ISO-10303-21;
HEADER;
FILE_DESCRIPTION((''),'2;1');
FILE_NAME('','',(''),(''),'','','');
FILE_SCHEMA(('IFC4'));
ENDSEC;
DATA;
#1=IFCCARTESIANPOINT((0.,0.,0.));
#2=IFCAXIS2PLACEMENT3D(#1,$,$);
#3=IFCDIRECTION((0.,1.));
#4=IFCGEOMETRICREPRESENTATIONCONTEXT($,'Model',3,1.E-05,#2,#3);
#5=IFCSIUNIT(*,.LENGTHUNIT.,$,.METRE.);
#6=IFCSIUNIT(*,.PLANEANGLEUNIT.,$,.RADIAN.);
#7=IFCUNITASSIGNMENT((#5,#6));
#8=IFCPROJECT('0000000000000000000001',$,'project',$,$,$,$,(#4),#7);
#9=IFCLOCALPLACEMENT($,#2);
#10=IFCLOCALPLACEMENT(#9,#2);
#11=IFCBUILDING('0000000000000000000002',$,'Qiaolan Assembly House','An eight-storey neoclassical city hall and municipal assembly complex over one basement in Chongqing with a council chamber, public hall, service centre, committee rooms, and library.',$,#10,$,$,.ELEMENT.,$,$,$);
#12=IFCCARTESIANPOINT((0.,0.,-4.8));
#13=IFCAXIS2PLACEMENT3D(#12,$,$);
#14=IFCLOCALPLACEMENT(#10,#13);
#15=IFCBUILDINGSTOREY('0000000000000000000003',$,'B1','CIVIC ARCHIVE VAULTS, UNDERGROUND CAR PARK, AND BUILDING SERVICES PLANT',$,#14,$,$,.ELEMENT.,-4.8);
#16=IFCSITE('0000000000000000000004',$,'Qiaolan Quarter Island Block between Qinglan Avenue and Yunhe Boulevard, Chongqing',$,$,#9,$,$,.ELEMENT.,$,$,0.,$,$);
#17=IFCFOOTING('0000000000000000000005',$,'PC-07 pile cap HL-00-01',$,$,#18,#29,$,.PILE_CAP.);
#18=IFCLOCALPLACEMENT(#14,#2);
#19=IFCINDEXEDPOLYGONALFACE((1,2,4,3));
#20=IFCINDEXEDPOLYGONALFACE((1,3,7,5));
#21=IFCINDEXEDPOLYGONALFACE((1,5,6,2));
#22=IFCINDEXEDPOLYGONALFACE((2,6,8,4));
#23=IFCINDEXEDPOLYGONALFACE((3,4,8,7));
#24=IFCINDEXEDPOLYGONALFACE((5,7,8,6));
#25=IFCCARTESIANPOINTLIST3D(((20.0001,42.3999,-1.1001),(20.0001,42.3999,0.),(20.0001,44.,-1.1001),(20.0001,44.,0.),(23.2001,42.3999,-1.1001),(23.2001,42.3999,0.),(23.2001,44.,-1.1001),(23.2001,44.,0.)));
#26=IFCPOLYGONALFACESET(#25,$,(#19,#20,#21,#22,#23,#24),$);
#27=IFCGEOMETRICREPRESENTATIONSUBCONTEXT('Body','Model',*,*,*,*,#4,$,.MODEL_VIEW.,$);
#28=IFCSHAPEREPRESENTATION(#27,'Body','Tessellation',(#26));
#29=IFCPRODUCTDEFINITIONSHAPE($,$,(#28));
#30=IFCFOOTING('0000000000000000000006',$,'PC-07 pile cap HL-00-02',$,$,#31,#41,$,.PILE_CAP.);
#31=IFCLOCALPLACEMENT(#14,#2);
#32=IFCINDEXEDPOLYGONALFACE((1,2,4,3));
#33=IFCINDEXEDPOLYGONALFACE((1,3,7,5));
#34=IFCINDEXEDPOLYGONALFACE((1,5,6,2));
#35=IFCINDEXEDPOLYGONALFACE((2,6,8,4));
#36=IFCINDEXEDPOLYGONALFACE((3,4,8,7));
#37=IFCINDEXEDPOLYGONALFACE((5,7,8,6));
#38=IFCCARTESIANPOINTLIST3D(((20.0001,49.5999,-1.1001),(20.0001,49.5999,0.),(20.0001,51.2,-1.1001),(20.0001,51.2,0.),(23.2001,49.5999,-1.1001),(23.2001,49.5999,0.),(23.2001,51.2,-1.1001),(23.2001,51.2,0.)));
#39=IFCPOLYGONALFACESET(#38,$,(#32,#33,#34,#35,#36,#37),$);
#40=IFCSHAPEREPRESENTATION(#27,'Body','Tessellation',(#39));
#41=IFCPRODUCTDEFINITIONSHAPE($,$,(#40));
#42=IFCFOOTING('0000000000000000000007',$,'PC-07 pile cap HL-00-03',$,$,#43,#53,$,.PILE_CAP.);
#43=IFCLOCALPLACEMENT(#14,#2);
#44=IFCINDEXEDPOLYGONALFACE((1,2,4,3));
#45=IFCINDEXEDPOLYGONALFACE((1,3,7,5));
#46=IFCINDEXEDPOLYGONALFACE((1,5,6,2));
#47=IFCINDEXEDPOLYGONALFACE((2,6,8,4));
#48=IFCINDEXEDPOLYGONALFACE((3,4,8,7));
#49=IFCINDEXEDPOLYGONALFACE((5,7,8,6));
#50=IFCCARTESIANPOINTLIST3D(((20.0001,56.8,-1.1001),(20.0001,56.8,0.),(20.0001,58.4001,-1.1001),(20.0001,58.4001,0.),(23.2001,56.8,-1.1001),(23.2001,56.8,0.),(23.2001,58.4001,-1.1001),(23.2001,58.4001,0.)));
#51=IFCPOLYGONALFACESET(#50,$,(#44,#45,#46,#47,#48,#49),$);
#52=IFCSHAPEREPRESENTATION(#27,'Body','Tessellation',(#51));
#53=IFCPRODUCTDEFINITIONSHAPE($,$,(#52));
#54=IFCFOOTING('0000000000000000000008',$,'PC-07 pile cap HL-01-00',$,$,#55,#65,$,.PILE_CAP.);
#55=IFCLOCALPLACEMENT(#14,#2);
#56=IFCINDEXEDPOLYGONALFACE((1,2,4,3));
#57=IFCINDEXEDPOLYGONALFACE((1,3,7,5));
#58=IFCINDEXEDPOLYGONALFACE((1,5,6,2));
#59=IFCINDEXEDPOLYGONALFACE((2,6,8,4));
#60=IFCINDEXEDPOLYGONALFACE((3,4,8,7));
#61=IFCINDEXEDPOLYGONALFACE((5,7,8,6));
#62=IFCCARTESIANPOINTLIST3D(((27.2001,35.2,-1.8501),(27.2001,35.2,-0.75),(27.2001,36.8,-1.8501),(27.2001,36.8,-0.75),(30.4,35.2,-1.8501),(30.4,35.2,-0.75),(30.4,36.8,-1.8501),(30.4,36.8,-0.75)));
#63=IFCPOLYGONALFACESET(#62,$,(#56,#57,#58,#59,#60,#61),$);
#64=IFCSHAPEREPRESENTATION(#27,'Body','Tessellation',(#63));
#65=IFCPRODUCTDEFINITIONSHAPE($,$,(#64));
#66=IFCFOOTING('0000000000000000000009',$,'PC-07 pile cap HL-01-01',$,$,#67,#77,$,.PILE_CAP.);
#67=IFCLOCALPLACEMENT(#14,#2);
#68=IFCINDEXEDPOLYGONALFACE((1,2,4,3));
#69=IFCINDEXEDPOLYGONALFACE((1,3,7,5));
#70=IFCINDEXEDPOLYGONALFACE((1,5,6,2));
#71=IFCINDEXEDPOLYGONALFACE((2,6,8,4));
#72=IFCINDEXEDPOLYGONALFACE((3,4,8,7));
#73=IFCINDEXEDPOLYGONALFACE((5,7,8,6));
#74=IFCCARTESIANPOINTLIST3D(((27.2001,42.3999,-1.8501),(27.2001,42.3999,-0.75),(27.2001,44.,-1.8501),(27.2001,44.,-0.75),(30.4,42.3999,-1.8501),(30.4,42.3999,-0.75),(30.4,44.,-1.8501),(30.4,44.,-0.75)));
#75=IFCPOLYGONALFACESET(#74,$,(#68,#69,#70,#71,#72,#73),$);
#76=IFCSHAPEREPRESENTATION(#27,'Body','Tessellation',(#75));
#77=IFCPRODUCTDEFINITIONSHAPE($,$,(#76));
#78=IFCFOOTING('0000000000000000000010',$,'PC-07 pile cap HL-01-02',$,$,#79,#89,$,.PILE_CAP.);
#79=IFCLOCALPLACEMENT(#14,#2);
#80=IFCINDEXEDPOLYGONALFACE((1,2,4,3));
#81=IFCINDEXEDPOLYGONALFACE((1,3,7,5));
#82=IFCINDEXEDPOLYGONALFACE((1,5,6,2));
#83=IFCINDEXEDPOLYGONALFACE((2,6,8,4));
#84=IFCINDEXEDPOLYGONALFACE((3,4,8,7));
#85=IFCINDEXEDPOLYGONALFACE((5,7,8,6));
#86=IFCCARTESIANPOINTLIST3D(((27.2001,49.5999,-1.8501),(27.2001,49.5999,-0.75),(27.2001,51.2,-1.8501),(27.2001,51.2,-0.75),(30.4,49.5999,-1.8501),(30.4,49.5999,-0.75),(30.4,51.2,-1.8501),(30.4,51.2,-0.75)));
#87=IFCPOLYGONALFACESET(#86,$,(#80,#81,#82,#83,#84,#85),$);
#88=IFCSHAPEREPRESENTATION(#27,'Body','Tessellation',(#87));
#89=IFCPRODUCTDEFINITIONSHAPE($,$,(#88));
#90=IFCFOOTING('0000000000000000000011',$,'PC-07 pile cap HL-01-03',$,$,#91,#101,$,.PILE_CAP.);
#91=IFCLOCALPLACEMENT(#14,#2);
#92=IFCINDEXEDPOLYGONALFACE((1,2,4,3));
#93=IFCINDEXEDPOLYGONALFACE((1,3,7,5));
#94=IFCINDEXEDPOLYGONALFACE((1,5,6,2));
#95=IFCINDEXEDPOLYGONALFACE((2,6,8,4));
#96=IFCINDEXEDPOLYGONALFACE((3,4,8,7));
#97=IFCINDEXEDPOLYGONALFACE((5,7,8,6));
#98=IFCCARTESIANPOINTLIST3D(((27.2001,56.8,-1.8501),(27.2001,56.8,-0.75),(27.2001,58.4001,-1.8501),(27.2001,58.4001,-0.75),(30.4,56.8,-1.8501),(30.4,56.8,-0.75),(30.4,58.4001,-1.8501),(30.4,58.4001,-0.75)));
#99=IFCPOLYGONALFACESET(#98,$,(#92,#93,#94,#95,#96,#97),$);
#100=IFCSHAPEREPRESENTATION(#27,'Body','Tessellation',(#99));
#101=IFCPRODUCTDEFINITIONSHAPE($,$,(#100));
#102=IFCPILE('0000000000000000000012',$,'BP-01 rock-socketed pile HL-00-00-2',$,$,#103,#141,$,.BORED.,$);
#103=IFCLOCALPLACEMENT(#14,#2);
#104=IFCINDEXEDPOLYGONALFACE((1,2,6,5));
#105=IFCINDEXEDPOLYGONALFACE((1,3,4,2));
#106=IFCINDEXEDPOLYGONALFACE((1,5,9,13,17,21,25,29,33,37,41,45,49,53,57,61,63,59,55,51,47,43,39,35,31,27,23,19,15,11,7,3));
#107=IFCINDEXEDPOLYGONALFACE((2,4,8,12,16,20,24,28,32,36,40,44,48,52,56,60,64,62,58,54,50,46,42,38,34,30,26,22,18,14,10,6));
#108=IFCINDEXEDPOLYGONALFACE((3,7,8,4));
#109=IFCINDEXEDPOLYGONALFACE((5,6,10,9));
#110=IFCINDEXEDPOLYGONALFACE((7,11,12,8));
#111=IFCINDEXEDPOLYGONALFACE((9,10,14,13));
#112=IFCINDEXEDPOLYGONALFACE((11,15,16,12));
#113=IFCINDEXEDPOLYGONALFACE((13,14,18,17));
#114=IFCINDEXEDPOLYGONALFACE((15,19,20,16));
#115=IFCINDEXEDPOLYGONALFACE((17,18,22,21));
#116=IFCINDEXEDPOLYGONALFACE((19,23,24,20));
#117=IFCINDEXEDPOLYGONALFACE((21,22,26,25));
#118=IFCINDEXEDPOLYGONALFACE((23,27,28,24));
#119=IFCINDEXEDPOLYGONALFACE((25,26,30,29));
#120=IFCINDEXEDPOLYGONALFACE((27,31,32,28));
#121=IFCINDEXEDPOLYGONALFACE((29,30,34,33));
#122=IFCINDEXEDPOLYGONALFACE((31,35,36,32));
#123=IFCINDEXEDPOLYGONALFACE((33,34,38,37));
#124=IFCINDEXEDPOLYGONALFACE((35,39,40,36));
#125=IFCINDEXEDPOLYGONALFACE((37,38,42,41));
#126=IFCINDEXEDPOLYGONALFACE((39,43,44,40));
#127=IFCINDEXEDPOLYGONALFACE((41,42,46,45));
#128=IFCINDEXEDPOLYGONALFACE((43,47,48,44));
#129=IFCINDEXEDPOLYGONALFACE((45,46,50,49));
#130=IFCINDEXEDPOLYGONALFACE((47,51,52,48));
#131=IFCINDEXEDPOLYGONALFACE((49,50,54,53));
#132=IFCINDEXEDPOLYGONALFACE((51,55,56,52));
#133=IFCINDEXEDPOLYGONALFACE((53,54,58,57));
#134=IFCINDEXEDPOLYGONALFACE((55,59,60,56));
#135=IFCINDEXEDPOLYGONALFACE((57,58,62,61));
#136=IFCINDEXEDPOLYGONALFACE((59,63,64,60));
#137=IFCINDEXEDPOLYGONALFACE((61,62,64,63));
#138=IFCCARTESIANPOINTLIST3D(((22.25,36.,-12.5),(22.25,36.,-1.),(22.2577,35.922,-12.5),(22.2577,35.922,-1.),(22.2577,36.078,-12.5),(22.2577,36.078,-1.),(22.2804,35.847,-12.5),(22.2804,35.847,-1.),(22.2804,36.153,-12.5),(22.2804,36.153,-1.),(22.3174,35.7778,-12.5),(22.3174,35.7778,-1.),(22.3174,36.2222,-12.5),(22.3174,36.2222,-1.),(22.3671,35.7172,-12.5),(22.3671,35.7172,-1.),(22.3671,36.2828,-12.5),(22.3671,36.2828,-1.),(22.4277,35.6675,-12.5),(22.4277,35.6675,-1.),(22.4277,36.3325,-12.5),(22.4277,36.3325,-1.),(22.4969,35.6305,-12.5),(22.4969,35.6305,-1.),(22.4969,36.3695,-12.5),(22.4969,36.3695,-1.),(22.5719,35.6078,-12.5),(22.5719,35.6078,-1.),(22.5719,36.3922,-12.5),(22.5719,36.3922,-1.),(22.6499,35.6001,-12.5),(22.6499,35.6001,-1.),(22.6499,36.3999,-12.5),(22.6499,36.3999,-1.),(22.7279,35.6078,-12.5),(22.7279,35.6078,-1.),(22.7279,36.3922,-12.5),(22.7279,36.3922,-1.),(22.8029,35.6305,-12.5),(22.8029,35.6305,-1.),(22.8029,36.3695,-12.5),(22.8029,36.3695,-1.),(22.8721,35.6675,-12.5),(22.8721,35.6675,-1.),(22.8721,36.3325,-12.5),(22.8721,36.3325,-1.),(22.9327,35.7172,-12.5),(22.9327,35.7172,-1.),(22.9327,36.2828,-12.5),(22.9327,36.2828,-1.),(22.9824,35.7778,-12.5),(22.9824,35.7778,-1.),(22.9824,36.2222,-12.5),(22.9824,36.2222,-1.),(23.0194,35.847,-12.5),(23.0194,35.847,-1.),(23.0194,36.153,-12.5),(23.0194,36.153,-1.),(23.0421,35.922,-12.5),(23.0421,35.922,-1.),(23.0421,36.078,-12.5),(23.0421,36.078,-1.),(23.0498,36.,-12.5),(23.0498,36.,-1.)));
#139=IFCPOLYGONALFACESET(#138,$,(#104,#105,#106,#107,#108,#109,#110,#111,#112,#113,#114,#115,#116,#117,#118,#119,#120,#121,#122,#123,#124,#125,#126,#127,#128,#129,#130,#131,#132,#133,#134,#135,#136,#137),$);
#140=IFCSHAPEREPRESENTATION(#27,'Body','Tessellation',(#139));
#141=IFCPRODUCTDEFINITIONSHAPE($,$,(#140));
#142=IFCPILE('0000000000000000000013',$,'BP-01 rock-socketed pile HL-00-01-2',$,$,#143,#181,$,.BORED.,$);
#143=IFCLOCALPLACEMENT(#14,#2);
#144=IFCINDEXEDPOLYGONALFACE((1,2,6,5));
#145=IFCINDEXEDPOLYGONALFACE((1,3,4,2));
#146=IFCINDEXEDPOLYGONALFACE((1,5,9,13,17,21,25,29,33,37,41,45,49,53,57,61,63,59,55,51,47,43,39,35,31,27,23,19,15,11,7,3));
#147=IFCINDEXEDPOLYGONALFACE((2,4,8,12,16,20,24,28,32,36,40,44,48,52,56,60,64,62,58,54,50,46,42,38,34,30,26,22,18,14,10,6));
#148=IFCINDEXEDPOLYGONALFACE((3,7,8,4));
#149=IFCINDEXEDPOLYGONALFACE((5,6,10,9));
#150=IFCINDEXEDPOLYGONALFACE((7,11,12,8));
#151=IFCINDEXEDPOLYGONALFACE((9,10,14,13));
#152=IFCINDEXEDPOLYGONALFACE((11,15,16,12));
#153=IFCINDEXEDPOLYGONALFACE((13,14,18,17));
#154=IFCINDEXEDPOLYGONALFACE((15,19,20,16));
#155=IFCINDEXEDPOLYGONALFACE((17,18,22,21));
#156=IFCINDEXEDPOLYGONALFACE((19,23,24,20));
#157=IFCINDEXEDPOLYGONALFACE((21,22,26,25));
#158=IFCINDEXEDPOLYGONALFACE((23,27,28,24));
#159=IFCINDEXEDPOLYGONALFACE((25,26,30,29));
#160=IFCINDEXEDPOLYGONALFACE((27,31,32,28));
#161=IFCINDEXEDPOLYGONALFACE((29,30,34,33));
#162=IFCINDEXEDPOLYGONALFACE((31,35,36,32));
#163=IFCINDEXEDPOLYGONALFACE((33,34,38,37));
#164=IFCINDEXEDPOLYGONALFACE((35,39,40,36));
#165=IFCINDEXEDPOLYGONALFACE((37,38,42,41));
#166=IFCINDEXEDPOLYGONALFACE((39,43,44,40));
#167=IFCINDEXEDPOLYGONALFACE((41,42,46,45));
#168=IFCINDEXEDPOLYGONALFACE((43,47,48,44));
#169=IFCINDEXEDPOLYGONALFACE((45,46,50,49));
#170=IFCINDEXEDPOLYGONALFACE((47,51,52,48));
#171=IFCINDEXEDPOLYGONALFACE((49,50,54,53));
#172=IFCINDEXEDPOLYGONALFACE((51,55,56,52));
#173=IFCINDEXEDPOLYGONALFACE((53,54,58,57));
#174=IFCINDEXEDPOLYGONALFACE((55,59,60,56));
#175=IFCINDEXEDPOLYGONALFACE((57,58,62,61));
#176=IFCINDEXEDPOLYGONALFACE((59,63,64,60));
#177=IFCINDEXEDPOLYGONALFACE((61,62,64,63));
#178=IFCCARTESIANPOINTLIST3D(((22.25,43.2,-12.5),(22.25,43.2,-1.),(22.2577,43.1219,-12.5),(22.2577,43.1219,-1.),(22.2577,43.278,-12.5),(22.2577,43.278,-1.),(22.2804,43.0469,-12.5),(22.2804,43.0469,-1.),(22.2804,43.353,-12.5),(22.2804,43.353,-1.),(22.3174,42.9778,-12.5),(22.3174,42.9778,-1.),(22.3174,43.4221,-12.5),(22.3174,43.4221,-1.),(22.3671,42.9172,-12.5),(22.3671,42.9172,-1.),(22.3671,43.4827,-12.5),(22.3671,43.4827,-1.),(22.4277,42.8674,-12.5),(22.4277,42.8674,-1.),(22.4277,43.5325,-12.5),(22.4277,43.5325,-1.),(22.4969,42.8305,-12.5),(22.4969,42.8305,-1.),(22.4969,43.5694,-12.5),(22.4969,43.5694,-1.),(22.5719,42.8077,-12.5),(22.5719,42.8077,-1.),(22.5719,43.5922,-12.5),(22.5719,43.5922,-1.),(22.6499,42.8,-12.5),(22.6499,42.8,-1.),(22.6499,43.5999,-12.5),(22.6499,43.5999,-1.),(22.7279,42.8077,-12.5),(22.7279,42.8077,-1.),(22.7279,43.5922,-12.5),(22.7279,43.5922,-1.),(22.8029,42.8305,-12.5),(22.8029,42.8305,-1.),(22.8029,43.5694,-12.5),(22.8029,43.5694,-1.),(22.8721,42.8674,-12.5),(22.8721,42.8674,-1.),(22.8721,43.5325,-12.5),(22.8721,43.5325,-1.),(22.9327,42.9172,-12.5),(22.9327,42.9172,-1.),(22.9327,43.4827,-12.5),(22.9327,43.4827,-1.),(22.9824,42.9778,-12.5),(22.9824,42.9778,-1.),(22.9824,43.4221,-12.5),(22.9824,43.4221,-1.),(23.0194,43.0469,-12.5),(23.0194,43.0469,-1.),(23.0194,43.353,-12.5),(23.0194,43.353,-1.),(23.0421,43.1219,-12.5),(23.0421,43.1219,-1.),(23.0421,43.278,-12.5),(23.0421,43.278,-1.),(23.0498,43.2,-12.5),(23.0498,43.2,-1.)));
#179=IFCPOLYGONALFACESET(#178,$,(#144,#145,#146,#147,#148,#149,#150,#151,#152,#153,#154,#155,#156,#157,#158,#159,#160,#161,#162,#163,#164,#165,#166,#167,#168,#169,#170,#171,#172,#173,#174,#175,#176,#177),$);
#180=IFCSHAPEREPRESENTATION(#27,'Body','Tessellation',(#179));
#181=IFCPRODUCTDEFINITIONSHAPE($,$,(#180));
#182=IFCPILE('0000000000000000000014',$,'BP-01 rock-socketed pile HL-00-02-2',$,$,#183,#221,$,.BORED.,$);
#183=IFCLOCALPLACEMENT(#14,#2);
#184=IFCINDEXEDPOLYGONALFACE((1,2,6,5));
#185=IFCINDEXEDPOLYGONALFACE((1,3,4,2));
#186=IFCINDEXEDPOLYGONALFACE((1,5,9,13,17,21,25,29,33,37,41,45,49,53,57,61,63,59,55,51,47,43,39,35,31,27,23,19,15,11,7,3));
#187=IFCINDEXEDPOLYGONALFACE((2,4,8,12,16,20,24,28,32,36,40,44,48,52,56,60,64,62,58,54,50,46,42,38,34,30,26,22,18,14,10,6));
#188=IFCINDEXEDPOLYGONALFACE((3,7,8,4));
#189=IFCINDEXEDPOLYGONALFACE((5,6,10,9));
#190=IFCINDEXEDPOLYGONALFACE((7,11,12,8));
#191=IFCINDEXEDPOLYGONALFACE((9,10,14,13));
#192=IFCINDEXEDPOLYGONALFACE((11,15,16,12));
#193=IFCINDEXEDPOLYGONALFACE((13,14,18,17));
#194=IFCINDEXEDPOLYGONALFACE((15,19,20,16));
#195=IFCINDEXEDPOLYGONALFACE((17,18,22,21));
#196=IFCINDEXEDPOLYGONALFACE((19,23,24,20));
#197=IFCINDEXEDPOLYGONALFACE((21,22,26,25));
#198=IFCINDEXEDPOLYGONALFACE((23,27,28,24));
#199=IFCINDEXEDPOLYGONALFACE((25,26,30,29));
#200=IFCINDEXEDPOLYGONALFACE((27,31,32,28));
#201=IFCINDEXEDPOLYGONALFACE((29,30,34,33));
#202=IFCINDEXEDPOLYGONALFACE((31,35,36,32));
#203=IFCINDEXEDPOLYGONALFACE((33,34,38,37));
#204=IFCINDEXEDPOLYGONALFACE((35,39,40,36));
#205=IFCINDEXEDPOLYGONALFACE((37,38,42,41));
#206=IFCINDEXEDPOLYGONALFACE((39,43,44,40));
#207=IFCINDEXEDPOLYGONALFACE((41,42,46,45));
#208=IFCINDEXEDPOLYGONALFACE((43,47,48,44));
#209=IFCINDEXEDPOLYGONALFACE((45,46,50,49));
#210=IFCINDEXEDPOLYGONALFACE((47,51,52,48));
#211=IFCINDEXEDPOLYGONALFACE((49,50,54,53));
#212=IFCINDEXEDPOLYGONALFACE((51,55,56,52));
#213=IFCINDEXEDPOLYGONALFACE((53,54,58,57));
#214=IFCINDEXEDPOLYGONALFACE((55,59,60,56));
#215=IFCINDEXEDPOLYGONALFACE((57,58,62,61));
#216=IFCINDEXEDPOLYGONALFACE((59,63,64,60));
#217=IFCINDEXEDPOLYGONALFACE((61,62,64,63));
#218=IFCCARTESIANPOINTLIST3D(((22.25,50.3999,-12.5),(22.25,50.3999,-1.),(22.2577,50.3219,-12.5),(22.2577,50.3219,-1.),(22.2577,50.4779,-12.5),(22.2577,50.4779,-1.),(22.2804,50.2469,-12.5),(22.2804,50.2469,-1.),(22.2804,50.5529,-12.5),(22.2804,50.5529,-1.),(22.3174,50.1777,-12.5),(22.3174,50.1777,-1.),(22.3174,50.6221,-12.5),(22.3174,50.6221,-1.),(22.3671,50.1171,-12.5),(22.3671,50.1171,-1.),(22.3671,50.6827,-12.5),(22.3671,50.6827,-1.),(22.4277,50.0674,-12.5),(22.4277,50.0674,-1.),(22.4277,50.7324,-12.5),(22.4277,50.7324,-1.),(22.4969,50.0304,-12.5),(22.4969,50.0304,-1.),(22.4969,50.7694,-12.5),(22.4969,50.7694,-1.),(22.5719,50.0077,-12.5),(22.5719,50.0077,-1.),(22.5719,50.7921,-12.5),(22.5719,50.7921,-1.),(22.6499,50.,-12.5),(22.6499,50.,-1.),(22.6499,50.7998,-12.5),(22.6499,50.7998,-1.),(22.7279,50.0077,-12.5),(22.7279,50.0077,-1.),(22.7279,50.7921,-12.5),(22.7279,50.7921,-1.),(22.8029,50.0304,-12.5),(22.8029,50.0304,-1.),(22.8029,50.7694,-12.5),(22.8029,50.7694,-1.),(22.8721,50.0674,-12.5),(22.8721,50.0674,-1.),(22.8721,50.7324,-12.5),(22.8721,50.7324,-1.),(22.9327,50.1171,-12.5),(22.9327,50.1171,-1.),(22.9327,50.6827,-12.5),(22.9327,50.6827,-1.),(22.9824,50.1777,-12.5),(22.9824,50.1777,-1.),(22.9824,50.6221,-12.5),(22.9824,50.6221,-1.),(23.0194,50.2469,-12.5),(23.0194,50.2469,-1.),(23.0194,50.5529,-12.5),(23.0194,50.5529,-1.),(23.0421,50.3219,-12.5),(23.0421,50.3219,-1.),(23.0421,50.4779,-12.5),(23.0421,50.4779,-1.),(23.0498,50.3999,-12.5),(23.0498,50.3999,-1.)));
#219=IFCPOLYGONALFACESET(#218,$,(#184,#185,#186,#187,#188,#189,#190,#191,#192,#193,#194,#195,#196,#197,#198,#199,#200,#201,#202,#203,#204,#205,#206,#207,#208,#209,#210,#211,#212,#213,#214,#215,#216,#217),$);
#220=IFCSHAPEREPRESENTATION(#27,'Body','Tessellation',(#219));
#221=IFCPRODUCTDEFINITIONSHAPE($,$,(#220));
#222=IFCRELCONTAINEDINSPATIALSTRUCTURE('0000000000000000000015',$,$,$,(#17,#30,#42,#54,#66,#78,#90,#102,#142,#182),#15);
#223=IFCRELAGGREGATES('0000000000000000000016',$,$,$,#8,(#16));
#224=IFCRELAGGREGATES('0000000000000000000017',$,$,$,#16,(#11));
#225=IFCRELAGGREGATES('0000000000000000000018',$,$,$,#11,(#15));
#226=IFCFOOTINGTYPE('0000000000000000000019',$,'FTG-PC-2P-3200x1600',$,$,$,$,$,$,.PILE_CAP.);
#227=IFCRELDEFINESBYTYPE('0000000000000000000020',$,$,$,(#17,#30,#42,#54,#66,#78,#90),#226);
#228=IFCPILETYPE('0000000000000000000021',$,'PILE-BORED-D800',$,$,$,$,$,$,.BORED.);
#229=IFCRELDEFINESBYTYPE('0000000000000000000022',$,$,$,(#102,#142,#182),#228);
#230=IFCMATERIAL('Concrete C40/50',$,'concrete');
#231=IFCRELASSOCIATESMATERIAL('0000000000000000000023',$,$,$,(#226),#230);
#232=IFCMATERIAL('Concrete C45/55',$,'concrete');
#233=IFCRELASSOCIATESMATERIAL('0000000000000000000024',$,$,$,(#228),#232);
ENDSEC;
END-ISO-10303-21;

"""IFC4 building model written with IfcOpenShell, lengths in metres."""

from ifc_helpers import new_model, si_unit, direction, frame, origin, origin_2d, place, context, subcontext, project, spatial, rectangle, circle, extrude, material, material_profile, profile_set, type_object, element, save


model = new_model("IFC4")

# Units and contexts
model_context = context("Model", 3, precision=1e-05, world=origin(), true_north=direction((0.0, 1.0)))
body_context = subcontext(model_context, "Body", "Model", "MODEL_VIEW")
ifc_project = project(units=[si_unit("LENGTHUNIT", "METRE"), si_unit("PLANEANGLEUNIT", "RADIAN")], contexts=[model_context])

# Site, building, storey
site_placement = place(None, origin())
site = spatial("IfcSite", under=ifc_project, at=site_placement, Name="Qiaolan Quarter Island Block between Qinglan Avenue and Yunhe Boulevard, Chongqing", CompositionType="ELEMENT", RefElevation=0.0)
building_placement = place(site_placement, origin())
building = spatial("IfcBuilding", under=site, at=building_placement, Name="Qiaolan Assembly House", Description="An eight-storey neoclassical city hall and municipal assembly complex over one basement in Chongqing with a council chamber, public hall, service centre, committee rooms, and library.", CompositionType="ELEMENT")
storey_placement = place(building_placement, frame((0.0, 0.0, -4.8)))
storey = spatial("IfcBuildingStorey", under=building, at=storey_placement, Name="B1", Description="CIVIC ARCHIVE VAULTS, UNDERGROUND CAR PARK, AND BUILDING SERVICES PLANT", CompositionType="ELEMENT", Elevation=-4.8)

# Footings
ifc_material_1 = material(Name="Concrete C40/50", Category="concrete")
footing_type = type_object("IfcFootingType", Name="FTG-PC-2P-3200x1600", PredefinedType="PILE_CAP", material=ifc_material_1)
for number, where, z_axis, x_axis, name in (
    (1, (21.6001, 43.2, -1.1001), (0.0, 0.0, 1.0), (1.0, 0.0, 0.0), "PC-07 pile cap HL-00-01"),
    (2, (21.6001, 50.3999, -1.1001), (0.0, 0.0, 1.0), (1.0, 0.0, 0.0), "PC-07 pile cap HL-00-02"),
    (3, (21.6001, 57.6001, -1.1001), (0.0, 0.0, 1.0), (1.0, 0.0, 0.0), "PC-07 pile cap HL-00-03"),
    (4, (28.8, 36.0, -1.8501), (0.0, 0.0, 1.0), (1.0, 0.0, 0.0), "PC-07 pile cap HL-01-00"),
    (5, (28.8, 43.2, -1.8501), (0.0, 0.0, 1.0), (1.0, 0.0, 0.0), "PC-07 pile cap HL-01-01"),
    (6, (28.8, 50.3999, -1.8501), (0.0, 0.0, 1.0), (1.0, 0.0, 0.0), "PC-07 pile cap HL-01-02"),
    (7, (28.8, 57.6001, -1.8501), (0.0, 0.0, 1.0), (1.0, 0.0, 0.0), "PC-07 pile cap HL-01-03"),
):
    element("IfcFooting", number, at=place(storey_placement, frame(where, z_axis=z_axis, x_axis=x_axis)), inside=storey, type_object=footing_type, Name=name, PredefinedType="PILE_CAP", context=body_context, shape_type="SweptSolid", body=[
        extrude(rectangle(XDim=3.2, YDim=1.6001, at=origin_2d()), origin(), (0.0, 0.0, 1.0), 1.1001),
    ])

# Piles
ifc_material_2 = material(Name="Concrete C45/55", Category="concrete")
ifc_material_profile_1 = material_profile(ifc_material_2, circle(Radius=0.3999, at=origin_2d()), Name="PILE D800")
ifc_profile_set_1 = profile_set([ifc_material_profile_1], Name="Concrete C45/55")
pile_type = type_object("IfcPileType", Name="PILE-BORED-D800", PredefinedType="BORED", material=ifc_profile_set_1)
for number, where, z_axis, x_axis, name in (
    (8, (22.6499, 36.0, -1.0), (0.0, 0.0, -1.0), (1.0, 0.0, 0.0), "BP-01 rock-socketed pile HL-00-00-2"),
    (9, (22.6499, 43.2, -1.0), (0.0, 0.0, -1.0), (1.0, 0.0, 0.0), "BP-01 rock-socketed pile HL-00-01-2"),
    (10, (22.6499, 50.3999, -1.0), (0.0, 0.0, -1.0), (1.0, 0.0, 0.0), "BP-01 rock-socketed pile HL-00-02-2"),
):
    element("IfcPile", number, at=place(storey_placement, frame(where, z_axis=z_axis, x_axis=x_axis)), inside=storey, type_object=pile_type, Name=name, PredefinedType="BORED", context=body_context, shape_type="SweptSolid", body=[
        extrude(circle(Radius=0.3999, at=origin_2d()), origin(), (0.0, 0.0, 1.0), 11.5),
    ])

save(model, "model.ifc")
